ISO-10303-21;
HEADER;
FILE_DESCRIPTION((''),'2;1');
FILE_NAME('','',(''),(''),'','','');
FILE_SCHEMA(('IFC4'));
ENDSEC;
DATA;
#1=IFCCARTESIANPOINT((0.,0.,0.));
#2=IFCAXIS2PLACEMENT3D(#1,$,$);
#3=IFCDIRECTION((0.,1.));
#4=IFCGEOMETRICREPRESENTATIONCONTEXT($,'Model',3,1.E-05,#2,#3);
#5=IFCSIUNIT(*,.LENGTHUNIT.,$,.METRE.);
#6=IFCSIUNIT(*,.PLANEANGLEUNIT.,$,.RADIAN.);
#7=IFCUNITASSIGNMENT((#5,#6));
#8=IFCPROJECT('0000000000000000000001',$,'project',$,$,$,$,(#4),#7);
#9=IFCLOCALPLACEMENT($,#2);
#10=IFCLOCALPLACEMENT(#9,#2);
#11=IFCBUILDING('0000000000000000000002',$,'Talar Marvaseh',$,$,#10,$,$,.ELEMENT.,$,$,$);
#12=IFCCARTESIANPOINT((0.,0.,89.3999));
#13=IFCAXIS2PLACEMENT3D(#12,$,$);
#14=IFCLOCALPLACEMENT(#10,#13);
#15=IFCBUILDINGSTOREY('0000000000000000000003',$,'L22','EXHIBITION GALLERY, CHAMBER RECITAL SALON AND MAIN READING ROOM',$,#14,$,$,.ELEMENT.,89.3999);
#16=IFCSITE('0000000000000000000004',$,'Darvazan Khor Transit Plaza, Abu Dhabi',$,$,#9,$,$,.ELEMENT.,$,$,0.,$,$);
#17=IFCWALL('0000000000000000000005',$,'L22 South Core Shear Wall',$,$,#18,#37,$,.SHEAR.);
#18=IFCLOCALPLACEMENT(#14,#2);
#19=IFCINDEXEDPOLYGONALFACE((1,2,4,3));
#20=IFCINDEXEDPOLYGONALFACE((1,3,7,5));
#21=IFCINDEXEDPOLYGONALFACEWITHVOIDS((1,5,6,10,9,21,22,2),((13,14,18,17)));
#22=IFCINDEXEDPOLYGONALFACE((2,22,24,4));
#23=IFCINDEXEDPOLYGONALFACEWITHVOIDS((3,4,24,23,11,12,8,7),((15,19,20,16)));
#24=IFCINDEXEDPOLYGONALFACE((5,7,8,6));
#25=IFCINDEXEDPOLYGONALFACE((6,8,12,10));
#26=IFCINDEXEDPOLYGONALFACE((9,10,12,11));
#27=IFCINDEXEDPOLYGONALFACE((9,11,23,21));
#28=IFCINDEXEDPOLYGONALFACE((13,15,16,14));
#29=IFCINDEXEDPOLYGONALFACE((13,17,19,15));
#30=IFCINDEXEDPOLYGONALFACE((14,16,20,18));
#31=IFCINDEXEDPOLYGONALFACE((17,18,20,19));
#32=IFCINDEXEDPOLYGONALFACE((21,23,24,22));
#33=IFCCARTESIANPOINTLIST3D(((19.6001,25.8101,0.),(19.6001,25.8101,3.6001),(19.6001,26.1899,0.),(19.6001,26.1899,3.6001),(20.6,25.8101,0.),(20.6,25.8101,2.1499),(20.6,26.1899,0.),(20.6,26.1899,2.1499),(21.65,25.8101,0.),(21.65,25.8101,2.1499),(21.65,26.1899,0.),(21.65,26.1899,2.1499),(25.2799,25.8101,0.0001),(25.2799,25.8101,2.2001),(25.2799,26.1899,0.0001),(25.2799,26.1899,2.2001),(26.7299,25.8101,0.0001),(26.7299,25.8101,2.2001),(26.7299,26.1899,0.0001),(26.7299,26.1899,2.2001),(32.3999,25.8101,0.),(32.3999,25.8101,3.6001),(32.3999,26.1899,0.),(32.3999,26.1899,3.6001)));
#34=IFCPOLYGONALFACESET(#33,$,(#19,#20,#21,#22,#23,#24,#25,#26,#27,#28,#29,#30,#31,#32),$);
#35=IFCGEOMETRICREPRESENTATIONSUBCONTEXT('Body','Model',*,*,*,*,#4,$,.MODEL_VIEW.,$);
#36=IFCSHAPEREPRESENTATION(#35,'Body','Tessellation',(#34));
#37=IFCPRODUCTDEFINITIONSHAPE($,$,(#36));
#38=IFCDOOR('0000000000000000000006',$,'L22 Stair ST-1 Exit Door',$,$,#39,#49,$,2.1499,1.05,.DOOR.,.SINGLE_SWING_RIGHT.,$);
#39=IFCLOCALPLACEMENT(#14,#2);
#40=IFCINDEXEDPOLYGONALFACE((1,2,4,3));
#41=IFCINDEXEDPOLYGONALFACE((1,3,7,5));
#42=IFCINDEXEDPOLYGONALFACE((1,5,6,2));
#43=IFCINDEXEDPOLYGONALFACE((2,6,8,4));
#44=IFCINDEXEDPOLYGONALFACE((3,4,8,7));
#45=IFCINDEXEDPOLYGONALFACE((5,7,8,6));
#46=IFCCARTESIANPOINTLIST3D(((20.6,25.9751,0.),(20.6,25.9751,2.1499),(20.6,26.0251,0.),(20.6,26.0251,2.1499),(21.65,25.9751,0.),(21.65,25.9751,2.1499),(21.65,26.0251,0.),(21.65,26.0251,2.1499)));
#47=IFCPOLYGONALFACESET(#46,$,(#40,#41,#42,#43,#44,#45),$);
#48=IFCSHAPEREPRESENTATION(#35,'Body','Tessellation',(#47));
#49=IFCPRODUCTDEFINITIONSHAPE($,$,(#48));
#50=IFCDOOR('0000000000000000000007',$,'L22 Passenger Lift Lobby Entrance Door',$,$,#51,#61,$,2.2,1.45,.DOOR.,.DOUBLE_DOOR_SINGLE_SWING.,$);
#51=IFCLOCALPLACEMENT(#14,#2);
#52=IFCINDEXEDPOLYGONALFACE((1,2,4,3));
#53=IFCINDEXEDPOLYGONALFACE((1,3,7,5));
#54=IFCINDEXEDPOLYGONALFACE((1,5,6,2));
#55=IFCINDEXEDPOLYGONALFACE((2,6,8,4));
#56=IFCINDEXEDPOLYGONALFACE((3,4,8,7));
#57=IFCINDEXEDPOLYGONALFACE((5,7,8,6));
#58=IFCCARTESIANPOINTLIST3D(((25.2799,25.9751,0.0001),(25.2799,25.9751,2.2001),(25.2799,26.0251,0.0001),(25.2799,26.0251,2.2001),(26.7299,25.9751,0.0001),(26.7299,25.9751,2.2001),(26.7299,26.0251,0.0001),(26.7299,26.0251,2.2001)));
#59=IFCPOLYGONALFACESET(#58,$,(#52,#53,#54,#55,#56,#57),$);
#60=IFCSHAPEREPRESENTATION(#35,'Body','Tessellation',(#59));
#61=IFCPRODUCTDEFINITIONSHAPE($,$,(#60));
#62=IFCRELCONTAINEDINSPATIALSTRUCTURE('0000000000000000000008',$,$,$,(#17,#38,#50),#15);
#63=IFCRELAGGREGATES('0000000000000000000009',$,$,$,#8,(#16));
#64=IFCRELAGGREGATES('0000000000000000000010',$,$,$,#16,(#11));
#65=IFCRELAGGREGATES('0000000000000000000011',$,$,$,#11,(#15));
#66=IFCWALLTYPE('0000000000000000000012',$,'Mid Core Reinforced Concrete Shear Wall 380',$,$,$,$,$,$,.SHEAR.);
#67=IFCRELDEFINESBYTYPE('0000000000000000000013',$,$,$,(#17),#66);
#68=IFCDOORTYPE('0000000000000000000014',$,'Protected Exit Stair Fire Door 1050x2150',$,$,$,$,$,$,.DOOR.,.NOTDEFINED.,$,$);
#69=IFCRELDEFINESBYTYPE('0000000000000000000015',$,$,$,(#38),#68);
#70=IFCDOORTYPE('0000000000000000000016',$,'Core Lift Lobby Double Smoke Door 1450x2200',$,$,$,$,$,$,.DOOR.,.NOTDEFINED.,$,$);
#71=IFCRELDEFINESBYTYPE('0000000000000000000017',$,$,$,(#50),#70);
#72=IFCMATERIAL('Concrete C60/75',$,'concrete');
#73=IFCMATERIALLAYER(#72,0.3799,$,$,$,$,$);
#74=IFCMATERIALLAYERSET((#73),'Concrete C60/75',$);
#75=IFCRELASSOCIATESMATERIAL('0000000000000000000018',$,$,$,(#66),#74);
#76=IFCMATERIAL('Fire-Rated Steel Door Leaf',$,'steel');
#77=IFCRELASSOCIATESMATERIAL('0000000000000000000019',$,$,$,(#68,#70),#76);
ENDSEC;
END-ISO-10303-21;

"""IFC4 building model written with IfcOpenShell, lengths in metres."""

from ifc_helpers import new_model, si_unit, direction, frame, frame_2d, origin, place, context, subcontext, project, spatial, rectangle, extrude, source, transform, mapped, material, layer, layer_set, type_object, type_shapes, element, fill, save


model = new_model("IFC4")

# Units and contexts
model_context = context("Model", 3, precision=1e-05, world=origin(), true_north=direction((0.0, 1.0)))
body_context = subcontext(model_context, "Body", "Model", "MODEL_VIEW")
ifc_project = project(units=[si_unit("LENGTHUNIT", "METRE"), si_unit("PLANEANGLEUNIT", "RADIAN")], contexts=[model_context])

# Site, building, storey
site_placement = place(None, origin())
site = spatial("IfcSite", under=ifc_project, at=site_placement, Name="Darvazan Khor Transit Plaza, Abu Dhabi", CompositionType="ELEMENT", RefElevation=0.0)
building_placement = place(site_placement, origin())
building = spatial("IfcBuilding", under=site, at=building_placement, Name="Talar Marvaseh", CompositionType="ELEMENT")
storey_placement = place(building_placement, frame((0.0, 0.0, 89.3999)))
storey = spatial("IfcBuildingStorey", under=building, at=storey_placement, Name="L22", Description="EXHIBITION GALLERY, CHAMBER RECITAL SALON AND MAIN READING ROOM", CompositionType="ELEMENT", Elevation=89.3999)

# Shared definitions
ifc_material_1 = material(Name="Concrete C60/75", Category="concrete")

# Wall, openings, doors
ifc_layer_1 = layer(ifc_material_1, 0.3799)
ifc_layer_set_1 = layer_set([ifc_layer_1], Name="Concrete C60/75")
wall_type_1 = type_object("IfcWallType", Name="Mid Core Reinforced Concrete Shear Wall 380", PredefinedType="SHEAR", material=ifc_layer_set_1)
wall_1_placement = place(storey_placement, frame((32.3999, 26.0, 0.0), z_axis=(0.0, 0.0, 1.0), x_axis=(-1.0, 0.0, 0.0)))
wall_1 = element("IfcWall", 1, at=wall_1_placement, inside=storey, type_object=wall_type_1, Name="L22 South Core Shear Wall", PredefinedType="SHEAR", context=body_context, shape_type="SweptSolid", body=[
    extrude(rectangle(XDim=12.7998, YDim=0.3799, at=frame_2d((6.3999, 0.0))), origin(), (0.0, 0.0, 1.0), 3.6001),
])
opening_1_placement = place(wall_1_placement, frame((10.75, 0.0, 0.0)))
opening_1 = element("IfcOpeningElement", 2, at=opening_1_placement, cuts=wall_1, PredefinedType="OPENING", context=body_context, shape_type="SweptSolid", body=[
    extrude(rectangle(XDim=1.05, YDim=2.1499, at=frame_2d((0.5249, 1.075))), frame((0.0, 0.2, 0.0), z_axis=(0.0, -1.0, 0.0), x_axis=(1.0, 0.0, 0.0)), (0.0, 0.0, 1.0), 0.3999),
])
opening_2_placement = place(wall_1_placement, frame((5.6699, 0.0, 0.0)))
opening_2 = element("IfcOpeningElement", 3, at=opening_2_placement, cuts=wall_1, PredefinedType="OPENING", context=body_context, shape_type="SweptSolid", body=[
    extrude(rectangle(XDim=1.45, YDim=2.2, at=frame_2d((0.7251, 1.1001))), frame((0.0, 0.2, 0.0), z_axis=(0.0, -1.0, 0.0), x_axis=(1.0, 0.0, 0.0)), (0.0, 0.0, 1.0), 0.3999),
])
ifc_material_2 = material(Name="Fire-Rated Steel Door Leaf", Category="steel")
door_type_1 = type_object("IfcDoorType", Name="Protected Exit Stair Fire Door 1050x2150", OperationType="NOTDEFINED", PredefinedType="DOOR", material=ifc_material_2)
shared_shape_1 = source(origin(), body_context, "Body", "SweptSolid", [
    extrude(rectangle(XDim=1.05, YDim=2.1499, at=frame_2d((0.5249, 1.075))), frame((0.0, 0.0249, 0.0), z_axis=(0.0, -1.0, 0.0), x_axis=(1.0, 0.0, 0.0)), (0.0, 0.0, 1.0), 0.05),
])
type_shapes(door_type_1, [shared_shape_1])
door_1_placement = place(opening_1_placement, origin())
door_1 = element("IfcDoor", 4, at=door_1_placement, inside=storey, type_object=door_type_1, Name="L22 Stair ST-1 Exit Door", OperationType="SINGLE_SWING_RIGHT", OverallHeight=2.1499, OverallWidth=1.05, PredefinedType="DOOR", context=body_context, shape_type="MappedRepresentation", body=[
    mapped(shared_shape_1, transform((0.0, 0.0, 0.0), x_axis=(1.0, 0.0, 0.0), y_axis=(0.0, 1.0, 0.0), z_axis=(0.0, 0.0, 1.0), scale=1.0)),
])
fill(opening_1, door_1)
door_type_2 = type_object("IfcDoorType", Name="Core Lift Lobby Double Smoke Door 1450x2200", OperationType="NOTDEFINED", PredefinedType="DOOR", material=ifc_material_2)
shared_shape_2 = source(origin(), body_context, "Body", "SweptSolid", [
    extrude(rectangle(XDim=1.45, YDim=2.2, at=frame_2d((0.7251, 1.1001))), frame((0.0, 0.0249, 0.0), z_axis=(0.0, -1.0, 0.0), x_axis=(1.0, 0.0, 0.0)), (0.0, 0.0, 1.0), 0.05),
])
type_shapes(door_type_2, [shared_shape_2])
door_2_placement = place(opening_2_placement, origin())
door_2 = element("IfcDoor", 5, at=door_2_placement, inside=storey, type_object=door_type_2, Name="L22 Passenger Lift Lobby Entrance Door", OperationType="DOUBLE_DOOR_SINGLE_SWING", OverallHeight=2.2, OverallWidth=1.45, PredefinedType="DOOR", context=body_context, shape_type="MappedRepresentation", body=[
    mapped(shared_shape_2, transform((0.0, 0.0, 0.0), x_axis=(1.0, 0.0, 0.0), y_axis=(0.0, 1.0, 0.0), z_axis=(0.0, 0.0, 1.0), scale=1.0)),
])
fill(opening_2, door_2)

save(model, "model.ifc")
